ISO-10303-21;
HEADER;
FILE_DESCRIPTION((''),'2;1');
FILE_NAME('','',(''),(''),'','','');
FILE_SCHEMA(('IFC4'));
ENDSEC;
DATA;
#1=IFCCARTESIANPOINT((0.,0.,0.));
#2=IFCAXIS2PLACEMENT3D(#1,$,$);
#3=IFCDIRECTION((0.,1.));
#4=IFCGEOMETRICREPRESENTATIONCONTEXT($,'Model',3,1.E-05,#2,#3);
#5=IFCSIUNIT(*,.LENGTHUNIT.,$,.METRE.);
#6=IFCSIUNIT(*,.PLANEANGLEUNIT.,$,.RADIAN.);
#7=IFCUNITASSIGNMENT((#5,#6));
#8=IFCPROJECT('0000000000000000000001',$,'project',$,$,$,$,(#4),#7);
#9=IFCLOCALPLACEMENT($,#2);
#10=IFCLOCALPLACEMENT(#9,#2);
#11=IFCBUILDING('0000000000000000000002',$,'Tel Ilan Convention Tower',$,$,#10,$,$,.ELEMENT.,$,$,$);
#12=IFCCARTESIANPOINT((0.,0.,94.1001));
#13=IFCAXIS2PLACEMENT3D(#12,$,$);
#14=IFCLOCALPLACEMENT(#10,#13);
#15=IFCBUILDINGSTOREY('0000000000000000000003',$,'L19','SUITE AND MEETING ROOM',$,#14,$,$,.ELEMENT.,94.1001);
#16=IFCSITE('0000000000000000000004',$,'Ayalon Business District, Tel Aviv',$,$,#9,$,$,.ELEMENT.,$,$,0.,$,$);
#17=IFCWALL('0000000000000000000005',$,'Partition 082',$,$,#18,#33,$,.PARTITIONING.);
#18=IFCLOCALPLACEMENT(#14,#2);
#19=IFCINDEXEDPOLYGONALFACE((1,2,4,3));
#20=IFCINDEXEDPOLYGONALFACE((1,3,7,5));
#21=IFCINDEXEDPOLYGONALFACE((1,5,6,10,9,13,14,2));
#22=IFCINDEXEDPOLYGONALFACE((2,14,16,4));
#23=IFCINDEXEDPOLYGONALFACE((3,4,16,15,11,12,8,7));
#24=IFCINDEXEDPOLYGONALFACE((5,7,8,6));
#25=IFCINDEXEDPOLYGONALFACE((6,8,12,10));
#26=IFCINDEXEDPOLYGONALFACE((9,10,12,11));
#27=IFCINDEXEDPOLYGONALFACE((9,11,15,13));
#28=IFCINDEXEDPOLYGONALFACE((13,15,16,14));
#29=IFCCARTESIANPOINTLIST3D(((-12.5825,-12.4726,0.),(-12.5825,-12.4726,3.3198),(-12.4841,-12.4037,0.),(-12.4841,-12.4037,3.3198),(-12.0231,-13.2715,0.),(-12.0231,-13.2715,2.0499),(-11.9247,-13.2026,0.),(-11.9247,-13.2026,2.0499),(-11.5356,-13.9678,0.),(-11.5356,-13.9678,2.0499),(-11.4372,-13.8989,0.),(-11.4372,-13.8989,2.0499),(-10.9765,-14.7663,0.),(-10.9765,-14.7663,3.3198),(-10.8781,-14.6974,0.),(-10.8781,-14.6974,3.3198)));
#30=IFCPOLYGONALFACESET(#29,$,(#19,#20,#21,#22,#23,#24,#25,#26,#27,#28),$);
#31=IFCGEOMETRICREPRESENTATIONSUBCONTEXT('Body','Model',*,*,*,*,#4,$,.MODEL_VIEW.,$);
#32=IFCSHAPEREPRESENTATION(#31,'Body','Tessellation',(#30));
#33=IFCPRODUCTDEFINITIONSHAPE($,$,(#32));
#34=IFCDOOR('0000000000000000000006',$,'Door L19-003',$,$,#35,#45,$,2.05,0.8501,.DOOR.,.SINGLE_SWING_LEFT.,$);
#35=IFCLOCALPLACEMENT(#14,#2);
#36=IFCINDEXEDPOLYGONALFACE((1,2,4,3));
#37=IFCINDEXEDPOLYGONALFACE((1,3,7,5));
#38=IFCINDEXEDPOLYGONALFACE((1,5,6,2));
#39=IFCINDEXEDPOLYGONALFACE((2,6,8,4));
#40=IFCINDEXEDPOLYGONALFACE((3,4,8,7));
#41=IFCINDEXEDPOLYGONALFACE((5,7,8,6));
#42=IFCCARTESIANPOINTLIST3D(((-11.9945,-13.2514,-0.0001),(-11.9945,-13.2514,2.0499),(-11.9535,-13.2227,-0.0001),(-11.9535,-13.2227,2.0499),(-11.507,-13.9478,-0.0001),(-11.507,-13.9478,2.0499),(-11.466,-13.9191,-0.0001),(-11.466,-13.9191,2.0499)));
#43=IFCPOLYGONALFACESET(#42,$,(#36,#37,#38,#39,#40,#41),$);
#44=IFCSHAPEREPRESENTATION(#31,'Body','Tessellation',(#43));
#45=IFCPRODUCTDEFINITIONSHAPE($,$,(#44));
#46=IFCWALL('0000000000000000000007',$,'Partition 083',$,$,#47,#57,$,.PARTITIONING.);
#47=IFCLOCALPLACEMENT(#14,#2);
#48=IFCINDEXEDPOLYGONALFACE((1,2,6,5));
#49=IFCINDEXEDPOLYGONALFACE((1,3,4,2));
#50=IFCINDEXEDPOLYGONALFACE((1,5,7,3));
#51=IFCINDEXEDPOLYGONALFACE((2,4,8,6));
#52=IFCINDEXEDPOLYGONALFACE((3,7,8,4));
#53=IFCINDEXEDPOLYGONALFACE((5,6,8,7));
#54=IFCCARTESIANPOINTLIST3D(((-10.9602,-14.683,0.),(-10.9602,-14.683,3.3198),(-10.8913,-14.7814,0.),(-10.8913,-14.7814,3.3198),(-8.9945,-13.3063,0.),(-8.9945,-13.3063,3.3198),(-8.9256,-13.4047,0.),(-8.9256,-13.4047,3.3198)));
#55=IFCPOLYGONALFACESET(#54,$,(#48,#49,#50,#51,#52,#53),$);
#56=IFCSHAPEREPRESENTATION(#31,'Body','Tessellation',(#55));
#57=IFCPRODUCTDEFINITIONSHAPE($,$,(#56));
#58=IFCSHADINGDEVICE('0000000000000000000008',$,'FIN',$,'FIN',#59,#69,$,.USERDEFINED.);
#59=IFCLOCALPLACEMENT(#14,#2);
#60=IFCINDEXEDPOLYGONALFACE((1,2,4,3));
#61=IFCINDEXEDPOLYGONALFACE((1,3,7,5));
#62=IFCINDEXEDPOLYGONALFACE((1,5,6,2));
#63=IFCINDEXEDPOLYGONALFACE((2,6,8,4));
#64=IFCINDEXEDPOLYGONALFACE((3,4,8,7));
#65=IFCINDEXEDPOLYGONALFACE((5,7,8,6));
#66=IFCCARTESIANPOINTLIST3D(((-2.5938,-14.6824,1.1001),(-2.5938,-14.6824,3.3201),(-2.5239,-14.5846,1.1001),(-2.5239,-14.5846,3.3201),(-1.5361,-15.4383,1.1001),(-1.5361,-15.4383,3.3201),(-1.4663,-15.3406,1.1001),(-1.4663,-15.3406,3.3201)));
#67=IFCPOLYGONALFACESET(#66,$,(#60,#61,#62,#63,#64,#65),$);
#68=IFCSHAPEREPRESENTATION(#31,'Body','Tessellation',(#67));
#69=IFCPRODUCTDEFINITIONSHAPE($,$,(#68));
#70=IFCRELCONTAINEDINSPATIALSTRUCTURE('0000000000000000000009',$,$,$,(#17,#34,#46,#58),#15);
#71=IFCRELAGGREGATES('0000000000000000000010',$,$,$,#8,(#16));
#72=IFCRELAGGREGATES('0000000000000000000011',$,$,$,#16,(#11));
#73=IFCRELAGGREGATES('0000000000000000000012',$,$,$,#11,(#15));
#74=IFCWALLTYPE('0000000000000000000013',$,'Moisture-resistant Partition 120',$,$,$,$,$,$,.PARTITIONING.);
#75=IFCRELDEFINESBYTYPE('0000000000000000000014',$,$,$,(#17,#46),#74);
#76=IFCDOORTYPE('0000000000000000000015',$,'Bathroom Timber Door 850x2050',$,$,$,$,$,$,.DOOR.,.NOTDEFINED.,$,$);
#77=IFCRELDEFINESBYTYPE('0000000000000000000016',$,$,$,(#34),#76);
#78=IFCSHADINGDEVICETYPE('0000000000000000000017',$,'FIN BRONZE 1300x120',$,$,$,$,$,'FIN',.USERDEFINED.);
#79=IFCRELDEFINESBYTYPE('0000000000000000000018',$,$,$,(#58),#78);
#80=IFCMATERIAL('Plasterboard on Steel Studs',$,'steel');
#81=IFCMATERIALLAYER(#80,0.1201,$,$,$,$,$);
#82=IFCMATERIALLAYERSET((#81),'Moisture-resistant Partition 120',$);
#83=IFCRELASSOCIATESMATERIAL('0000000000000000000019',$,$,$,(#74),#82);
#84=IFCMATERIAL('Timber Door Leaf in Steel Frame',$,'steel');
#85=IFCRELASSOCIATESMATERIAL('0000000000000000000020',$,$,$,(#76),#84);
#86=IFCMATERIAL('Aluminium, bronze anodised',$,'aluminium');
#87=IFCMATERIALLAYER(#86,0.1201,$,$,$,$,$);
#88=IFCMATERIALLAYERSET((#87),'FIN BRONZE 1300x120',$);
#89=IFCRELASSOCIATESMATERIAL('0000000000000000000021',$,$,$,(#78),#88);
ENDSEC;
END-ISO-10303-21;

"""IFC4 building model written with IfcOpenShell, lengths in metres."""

from ifc_helpers import new_model, si_unit, direction, frame, frame_2d, origin, origin_2d, place, context, subcontext, project, spatial, rectangle, extrude, material, layer, layer_set, type_object, element, fill, save


model = new_model("IFC4")

# Units and contexts
model_context = context("Model", 3, precision=1e-05, world=origin(), true_north=direction((0.0, 1.0)))
body_context = subcontext(model_context, "Body", "Model", "MODEL_VIEW")
ifc_project = project(units=[si_unit("LENGTHUNIT", "METRE"), si_unit("PLANEANGLEUNIT", "RADIAN")], contexts=[model_context])

# Site, building, storey
site_placement = place(None, origin())
site = spatial("IfcSite", under=ifc_project, at=site_placement, Name="Ayalon Business District, Tel Aviv", CompositionType="ELEMENT", RefElevation=0.0)
building_placement = place(site_placement, origin())
building = spatial("IfcBuilding", under=site, at=building_placement, Name="Tel Ilan Convention Tower", CompositionType="ELEMENT")
storey_placement = place(building_placement, frame((0.0, 0.0, 94.1001)))
storey = spatial("IfcBuildingStorey", under=building, at=storey_placement, Name="L19", Description="SUITE AND MEETING ROOM", CompositionType="ELEMENT", Elevation=94.1001)

# Shared definitions
ifc_material_1 = material(Name="Plasterboard on Steel Studs", Category="steel")
ifc_layer_1 = layer(ifc_material_1, 0.1201)
ifc_layer_set_1 = layer_set([ifc_layer_1], Name="Moisture-resistant Partition 120")
wall_type_1 = type_object("IfcWallType", Name="Moisture-resistant Partition 120", PredefinedType="PARTITIONING", material=ifc_layer_set_1)

# Wall, opening, door
wall_1_placement = place(storey_placement, frame((-12.5332, -12.4382, 0.0), z_axis=(0.0, 0.0, 1.0), x_axis=(0.57355, -0.81917, 0.0)))
wall_1 = element("IfcWall", 1, at=wall_1_placement, inside=storey, type_object=wall_type_1, Name="Partition 082", PredefinedType="PARTITIONING", context=body_context, shape_type="SweptSolid", body=[
    extrude(rectangle(XDim=2.8, YDim=0.1201, at=frame_2d((1.3999, 0.0))), origin(), (0.0, 0.0, 1.0), 3.3198),
])
opening_1_placement = place(wall_1_placement, frame((0.9751, 0.0, 0.0)))
opening_1 = element("IfcOpeningElement", 2, at=opening_1_placement, cuts=wall_1, PredefinedType="OPENING", context=body_context, shape_type="SweptSolid", body=[
    extrude(rectangle(XDim=0.8501, YDim=2.05, at=frame_2d((0.425, 1.0249))), frame((0.0, 0.0701, 0.0), z_axis=(0.0, -1.0, 0.0), x_axis=(1.0, 0.0, 0.0)), (0.0, 0.0, 1.0), 0.1401),
])
ifc_material_2 = material(Name="Timber Door Leaf in Steel Frame", Category="steel")
door_type_1 = type_object("IfcDoorType", Name="Bathroom Timber Door 850x2050", OperationType="NOTDEFINED", PredefinedType="DOOR", material=ifc_material_2)
door_1_placement = place(opening_1_placement, origin())
door_1 = element("IfcDoor", 3, at=door_1_placement, inside=storey, type_object=door_type_1, Name="Door L19-003", OperationType="SINGLE_SWING_LEFT", OverallHeight=2.05, OverallWidth=0.8501, PredefinedType="DOOR", context=body_context, shape_type="SweptSolid", body=[
    extrude(rectangle(XDim=0.8501, YDim=2.05, at=frame_2d((0.425, 1.0249))), frame((0.0, 0.0249, 0.0), z_axis=(0.0, -1.0, 0.0), x_axis=(1.0, 0.0, 0.0)), (0.0, 0.0, 1.0), 0.05),
])
fill(opening_1, door_1)

# Wall
wall_2_placement = place(storey_placement, frame((-10.9258, -14.7322, 0.0), z_axis=(0.0, 0.0, 1.0), x_axis=(0.819108, 0.57364, 0.0)))
element("IfcWall", 4, at=wall_2_placement, inside=storey, type_object=wall_type_1, Name="Partition 083", PredefinedType="PARTITIONING", context=body_context, shape_type="SweptSolid", body=[
    extrude(rectangle(XDim=2.3999, YDim=0.1201, at=frame_2d((1.2, 0.0))), origin(), (0.0, 0.0, 1.0), 3.3198),
])

# Shading device
ifc_material_3 = material(Name="Aluminium, bronze anodised", Category="aluminium")
ifc_layer_2 = layer(ifc_material_3, 0.1201)
ifc_layer_set_2 = layer_set([ifc_layer_2], Name="FIN BRONZE 1300x120")
shading_device_type = type_object("IfcShadingDeviceType", Name="FIN BRONZE 1300x120", ElementType="FIN", PredefinedType="USERDEFINED", material=ifc_layer_set_2)
shading_device_placement = place(storey_placement, frame((-2.03, -15.0115, 1.1001), z_axis=(0.0, 0.0, 1.0), x_axis=(0.813552, -0.581492, 0.0)))
element("IfcShadingDevice", 5, at=shading_device_placement, inside=storey, type_object=shading_device_type, Name="FIN", ObjectType="FIN", PredefinedType="USERDEFINED", context=body_context, shape_type="SweptSolid", body=[
    extrude(rectangle(XDim=1.3, YDim=0.1201, at=origin_2d()), origin(), (0.0, 0.0, 1.0), 2.22),
])

save(model, "model.ifc")
